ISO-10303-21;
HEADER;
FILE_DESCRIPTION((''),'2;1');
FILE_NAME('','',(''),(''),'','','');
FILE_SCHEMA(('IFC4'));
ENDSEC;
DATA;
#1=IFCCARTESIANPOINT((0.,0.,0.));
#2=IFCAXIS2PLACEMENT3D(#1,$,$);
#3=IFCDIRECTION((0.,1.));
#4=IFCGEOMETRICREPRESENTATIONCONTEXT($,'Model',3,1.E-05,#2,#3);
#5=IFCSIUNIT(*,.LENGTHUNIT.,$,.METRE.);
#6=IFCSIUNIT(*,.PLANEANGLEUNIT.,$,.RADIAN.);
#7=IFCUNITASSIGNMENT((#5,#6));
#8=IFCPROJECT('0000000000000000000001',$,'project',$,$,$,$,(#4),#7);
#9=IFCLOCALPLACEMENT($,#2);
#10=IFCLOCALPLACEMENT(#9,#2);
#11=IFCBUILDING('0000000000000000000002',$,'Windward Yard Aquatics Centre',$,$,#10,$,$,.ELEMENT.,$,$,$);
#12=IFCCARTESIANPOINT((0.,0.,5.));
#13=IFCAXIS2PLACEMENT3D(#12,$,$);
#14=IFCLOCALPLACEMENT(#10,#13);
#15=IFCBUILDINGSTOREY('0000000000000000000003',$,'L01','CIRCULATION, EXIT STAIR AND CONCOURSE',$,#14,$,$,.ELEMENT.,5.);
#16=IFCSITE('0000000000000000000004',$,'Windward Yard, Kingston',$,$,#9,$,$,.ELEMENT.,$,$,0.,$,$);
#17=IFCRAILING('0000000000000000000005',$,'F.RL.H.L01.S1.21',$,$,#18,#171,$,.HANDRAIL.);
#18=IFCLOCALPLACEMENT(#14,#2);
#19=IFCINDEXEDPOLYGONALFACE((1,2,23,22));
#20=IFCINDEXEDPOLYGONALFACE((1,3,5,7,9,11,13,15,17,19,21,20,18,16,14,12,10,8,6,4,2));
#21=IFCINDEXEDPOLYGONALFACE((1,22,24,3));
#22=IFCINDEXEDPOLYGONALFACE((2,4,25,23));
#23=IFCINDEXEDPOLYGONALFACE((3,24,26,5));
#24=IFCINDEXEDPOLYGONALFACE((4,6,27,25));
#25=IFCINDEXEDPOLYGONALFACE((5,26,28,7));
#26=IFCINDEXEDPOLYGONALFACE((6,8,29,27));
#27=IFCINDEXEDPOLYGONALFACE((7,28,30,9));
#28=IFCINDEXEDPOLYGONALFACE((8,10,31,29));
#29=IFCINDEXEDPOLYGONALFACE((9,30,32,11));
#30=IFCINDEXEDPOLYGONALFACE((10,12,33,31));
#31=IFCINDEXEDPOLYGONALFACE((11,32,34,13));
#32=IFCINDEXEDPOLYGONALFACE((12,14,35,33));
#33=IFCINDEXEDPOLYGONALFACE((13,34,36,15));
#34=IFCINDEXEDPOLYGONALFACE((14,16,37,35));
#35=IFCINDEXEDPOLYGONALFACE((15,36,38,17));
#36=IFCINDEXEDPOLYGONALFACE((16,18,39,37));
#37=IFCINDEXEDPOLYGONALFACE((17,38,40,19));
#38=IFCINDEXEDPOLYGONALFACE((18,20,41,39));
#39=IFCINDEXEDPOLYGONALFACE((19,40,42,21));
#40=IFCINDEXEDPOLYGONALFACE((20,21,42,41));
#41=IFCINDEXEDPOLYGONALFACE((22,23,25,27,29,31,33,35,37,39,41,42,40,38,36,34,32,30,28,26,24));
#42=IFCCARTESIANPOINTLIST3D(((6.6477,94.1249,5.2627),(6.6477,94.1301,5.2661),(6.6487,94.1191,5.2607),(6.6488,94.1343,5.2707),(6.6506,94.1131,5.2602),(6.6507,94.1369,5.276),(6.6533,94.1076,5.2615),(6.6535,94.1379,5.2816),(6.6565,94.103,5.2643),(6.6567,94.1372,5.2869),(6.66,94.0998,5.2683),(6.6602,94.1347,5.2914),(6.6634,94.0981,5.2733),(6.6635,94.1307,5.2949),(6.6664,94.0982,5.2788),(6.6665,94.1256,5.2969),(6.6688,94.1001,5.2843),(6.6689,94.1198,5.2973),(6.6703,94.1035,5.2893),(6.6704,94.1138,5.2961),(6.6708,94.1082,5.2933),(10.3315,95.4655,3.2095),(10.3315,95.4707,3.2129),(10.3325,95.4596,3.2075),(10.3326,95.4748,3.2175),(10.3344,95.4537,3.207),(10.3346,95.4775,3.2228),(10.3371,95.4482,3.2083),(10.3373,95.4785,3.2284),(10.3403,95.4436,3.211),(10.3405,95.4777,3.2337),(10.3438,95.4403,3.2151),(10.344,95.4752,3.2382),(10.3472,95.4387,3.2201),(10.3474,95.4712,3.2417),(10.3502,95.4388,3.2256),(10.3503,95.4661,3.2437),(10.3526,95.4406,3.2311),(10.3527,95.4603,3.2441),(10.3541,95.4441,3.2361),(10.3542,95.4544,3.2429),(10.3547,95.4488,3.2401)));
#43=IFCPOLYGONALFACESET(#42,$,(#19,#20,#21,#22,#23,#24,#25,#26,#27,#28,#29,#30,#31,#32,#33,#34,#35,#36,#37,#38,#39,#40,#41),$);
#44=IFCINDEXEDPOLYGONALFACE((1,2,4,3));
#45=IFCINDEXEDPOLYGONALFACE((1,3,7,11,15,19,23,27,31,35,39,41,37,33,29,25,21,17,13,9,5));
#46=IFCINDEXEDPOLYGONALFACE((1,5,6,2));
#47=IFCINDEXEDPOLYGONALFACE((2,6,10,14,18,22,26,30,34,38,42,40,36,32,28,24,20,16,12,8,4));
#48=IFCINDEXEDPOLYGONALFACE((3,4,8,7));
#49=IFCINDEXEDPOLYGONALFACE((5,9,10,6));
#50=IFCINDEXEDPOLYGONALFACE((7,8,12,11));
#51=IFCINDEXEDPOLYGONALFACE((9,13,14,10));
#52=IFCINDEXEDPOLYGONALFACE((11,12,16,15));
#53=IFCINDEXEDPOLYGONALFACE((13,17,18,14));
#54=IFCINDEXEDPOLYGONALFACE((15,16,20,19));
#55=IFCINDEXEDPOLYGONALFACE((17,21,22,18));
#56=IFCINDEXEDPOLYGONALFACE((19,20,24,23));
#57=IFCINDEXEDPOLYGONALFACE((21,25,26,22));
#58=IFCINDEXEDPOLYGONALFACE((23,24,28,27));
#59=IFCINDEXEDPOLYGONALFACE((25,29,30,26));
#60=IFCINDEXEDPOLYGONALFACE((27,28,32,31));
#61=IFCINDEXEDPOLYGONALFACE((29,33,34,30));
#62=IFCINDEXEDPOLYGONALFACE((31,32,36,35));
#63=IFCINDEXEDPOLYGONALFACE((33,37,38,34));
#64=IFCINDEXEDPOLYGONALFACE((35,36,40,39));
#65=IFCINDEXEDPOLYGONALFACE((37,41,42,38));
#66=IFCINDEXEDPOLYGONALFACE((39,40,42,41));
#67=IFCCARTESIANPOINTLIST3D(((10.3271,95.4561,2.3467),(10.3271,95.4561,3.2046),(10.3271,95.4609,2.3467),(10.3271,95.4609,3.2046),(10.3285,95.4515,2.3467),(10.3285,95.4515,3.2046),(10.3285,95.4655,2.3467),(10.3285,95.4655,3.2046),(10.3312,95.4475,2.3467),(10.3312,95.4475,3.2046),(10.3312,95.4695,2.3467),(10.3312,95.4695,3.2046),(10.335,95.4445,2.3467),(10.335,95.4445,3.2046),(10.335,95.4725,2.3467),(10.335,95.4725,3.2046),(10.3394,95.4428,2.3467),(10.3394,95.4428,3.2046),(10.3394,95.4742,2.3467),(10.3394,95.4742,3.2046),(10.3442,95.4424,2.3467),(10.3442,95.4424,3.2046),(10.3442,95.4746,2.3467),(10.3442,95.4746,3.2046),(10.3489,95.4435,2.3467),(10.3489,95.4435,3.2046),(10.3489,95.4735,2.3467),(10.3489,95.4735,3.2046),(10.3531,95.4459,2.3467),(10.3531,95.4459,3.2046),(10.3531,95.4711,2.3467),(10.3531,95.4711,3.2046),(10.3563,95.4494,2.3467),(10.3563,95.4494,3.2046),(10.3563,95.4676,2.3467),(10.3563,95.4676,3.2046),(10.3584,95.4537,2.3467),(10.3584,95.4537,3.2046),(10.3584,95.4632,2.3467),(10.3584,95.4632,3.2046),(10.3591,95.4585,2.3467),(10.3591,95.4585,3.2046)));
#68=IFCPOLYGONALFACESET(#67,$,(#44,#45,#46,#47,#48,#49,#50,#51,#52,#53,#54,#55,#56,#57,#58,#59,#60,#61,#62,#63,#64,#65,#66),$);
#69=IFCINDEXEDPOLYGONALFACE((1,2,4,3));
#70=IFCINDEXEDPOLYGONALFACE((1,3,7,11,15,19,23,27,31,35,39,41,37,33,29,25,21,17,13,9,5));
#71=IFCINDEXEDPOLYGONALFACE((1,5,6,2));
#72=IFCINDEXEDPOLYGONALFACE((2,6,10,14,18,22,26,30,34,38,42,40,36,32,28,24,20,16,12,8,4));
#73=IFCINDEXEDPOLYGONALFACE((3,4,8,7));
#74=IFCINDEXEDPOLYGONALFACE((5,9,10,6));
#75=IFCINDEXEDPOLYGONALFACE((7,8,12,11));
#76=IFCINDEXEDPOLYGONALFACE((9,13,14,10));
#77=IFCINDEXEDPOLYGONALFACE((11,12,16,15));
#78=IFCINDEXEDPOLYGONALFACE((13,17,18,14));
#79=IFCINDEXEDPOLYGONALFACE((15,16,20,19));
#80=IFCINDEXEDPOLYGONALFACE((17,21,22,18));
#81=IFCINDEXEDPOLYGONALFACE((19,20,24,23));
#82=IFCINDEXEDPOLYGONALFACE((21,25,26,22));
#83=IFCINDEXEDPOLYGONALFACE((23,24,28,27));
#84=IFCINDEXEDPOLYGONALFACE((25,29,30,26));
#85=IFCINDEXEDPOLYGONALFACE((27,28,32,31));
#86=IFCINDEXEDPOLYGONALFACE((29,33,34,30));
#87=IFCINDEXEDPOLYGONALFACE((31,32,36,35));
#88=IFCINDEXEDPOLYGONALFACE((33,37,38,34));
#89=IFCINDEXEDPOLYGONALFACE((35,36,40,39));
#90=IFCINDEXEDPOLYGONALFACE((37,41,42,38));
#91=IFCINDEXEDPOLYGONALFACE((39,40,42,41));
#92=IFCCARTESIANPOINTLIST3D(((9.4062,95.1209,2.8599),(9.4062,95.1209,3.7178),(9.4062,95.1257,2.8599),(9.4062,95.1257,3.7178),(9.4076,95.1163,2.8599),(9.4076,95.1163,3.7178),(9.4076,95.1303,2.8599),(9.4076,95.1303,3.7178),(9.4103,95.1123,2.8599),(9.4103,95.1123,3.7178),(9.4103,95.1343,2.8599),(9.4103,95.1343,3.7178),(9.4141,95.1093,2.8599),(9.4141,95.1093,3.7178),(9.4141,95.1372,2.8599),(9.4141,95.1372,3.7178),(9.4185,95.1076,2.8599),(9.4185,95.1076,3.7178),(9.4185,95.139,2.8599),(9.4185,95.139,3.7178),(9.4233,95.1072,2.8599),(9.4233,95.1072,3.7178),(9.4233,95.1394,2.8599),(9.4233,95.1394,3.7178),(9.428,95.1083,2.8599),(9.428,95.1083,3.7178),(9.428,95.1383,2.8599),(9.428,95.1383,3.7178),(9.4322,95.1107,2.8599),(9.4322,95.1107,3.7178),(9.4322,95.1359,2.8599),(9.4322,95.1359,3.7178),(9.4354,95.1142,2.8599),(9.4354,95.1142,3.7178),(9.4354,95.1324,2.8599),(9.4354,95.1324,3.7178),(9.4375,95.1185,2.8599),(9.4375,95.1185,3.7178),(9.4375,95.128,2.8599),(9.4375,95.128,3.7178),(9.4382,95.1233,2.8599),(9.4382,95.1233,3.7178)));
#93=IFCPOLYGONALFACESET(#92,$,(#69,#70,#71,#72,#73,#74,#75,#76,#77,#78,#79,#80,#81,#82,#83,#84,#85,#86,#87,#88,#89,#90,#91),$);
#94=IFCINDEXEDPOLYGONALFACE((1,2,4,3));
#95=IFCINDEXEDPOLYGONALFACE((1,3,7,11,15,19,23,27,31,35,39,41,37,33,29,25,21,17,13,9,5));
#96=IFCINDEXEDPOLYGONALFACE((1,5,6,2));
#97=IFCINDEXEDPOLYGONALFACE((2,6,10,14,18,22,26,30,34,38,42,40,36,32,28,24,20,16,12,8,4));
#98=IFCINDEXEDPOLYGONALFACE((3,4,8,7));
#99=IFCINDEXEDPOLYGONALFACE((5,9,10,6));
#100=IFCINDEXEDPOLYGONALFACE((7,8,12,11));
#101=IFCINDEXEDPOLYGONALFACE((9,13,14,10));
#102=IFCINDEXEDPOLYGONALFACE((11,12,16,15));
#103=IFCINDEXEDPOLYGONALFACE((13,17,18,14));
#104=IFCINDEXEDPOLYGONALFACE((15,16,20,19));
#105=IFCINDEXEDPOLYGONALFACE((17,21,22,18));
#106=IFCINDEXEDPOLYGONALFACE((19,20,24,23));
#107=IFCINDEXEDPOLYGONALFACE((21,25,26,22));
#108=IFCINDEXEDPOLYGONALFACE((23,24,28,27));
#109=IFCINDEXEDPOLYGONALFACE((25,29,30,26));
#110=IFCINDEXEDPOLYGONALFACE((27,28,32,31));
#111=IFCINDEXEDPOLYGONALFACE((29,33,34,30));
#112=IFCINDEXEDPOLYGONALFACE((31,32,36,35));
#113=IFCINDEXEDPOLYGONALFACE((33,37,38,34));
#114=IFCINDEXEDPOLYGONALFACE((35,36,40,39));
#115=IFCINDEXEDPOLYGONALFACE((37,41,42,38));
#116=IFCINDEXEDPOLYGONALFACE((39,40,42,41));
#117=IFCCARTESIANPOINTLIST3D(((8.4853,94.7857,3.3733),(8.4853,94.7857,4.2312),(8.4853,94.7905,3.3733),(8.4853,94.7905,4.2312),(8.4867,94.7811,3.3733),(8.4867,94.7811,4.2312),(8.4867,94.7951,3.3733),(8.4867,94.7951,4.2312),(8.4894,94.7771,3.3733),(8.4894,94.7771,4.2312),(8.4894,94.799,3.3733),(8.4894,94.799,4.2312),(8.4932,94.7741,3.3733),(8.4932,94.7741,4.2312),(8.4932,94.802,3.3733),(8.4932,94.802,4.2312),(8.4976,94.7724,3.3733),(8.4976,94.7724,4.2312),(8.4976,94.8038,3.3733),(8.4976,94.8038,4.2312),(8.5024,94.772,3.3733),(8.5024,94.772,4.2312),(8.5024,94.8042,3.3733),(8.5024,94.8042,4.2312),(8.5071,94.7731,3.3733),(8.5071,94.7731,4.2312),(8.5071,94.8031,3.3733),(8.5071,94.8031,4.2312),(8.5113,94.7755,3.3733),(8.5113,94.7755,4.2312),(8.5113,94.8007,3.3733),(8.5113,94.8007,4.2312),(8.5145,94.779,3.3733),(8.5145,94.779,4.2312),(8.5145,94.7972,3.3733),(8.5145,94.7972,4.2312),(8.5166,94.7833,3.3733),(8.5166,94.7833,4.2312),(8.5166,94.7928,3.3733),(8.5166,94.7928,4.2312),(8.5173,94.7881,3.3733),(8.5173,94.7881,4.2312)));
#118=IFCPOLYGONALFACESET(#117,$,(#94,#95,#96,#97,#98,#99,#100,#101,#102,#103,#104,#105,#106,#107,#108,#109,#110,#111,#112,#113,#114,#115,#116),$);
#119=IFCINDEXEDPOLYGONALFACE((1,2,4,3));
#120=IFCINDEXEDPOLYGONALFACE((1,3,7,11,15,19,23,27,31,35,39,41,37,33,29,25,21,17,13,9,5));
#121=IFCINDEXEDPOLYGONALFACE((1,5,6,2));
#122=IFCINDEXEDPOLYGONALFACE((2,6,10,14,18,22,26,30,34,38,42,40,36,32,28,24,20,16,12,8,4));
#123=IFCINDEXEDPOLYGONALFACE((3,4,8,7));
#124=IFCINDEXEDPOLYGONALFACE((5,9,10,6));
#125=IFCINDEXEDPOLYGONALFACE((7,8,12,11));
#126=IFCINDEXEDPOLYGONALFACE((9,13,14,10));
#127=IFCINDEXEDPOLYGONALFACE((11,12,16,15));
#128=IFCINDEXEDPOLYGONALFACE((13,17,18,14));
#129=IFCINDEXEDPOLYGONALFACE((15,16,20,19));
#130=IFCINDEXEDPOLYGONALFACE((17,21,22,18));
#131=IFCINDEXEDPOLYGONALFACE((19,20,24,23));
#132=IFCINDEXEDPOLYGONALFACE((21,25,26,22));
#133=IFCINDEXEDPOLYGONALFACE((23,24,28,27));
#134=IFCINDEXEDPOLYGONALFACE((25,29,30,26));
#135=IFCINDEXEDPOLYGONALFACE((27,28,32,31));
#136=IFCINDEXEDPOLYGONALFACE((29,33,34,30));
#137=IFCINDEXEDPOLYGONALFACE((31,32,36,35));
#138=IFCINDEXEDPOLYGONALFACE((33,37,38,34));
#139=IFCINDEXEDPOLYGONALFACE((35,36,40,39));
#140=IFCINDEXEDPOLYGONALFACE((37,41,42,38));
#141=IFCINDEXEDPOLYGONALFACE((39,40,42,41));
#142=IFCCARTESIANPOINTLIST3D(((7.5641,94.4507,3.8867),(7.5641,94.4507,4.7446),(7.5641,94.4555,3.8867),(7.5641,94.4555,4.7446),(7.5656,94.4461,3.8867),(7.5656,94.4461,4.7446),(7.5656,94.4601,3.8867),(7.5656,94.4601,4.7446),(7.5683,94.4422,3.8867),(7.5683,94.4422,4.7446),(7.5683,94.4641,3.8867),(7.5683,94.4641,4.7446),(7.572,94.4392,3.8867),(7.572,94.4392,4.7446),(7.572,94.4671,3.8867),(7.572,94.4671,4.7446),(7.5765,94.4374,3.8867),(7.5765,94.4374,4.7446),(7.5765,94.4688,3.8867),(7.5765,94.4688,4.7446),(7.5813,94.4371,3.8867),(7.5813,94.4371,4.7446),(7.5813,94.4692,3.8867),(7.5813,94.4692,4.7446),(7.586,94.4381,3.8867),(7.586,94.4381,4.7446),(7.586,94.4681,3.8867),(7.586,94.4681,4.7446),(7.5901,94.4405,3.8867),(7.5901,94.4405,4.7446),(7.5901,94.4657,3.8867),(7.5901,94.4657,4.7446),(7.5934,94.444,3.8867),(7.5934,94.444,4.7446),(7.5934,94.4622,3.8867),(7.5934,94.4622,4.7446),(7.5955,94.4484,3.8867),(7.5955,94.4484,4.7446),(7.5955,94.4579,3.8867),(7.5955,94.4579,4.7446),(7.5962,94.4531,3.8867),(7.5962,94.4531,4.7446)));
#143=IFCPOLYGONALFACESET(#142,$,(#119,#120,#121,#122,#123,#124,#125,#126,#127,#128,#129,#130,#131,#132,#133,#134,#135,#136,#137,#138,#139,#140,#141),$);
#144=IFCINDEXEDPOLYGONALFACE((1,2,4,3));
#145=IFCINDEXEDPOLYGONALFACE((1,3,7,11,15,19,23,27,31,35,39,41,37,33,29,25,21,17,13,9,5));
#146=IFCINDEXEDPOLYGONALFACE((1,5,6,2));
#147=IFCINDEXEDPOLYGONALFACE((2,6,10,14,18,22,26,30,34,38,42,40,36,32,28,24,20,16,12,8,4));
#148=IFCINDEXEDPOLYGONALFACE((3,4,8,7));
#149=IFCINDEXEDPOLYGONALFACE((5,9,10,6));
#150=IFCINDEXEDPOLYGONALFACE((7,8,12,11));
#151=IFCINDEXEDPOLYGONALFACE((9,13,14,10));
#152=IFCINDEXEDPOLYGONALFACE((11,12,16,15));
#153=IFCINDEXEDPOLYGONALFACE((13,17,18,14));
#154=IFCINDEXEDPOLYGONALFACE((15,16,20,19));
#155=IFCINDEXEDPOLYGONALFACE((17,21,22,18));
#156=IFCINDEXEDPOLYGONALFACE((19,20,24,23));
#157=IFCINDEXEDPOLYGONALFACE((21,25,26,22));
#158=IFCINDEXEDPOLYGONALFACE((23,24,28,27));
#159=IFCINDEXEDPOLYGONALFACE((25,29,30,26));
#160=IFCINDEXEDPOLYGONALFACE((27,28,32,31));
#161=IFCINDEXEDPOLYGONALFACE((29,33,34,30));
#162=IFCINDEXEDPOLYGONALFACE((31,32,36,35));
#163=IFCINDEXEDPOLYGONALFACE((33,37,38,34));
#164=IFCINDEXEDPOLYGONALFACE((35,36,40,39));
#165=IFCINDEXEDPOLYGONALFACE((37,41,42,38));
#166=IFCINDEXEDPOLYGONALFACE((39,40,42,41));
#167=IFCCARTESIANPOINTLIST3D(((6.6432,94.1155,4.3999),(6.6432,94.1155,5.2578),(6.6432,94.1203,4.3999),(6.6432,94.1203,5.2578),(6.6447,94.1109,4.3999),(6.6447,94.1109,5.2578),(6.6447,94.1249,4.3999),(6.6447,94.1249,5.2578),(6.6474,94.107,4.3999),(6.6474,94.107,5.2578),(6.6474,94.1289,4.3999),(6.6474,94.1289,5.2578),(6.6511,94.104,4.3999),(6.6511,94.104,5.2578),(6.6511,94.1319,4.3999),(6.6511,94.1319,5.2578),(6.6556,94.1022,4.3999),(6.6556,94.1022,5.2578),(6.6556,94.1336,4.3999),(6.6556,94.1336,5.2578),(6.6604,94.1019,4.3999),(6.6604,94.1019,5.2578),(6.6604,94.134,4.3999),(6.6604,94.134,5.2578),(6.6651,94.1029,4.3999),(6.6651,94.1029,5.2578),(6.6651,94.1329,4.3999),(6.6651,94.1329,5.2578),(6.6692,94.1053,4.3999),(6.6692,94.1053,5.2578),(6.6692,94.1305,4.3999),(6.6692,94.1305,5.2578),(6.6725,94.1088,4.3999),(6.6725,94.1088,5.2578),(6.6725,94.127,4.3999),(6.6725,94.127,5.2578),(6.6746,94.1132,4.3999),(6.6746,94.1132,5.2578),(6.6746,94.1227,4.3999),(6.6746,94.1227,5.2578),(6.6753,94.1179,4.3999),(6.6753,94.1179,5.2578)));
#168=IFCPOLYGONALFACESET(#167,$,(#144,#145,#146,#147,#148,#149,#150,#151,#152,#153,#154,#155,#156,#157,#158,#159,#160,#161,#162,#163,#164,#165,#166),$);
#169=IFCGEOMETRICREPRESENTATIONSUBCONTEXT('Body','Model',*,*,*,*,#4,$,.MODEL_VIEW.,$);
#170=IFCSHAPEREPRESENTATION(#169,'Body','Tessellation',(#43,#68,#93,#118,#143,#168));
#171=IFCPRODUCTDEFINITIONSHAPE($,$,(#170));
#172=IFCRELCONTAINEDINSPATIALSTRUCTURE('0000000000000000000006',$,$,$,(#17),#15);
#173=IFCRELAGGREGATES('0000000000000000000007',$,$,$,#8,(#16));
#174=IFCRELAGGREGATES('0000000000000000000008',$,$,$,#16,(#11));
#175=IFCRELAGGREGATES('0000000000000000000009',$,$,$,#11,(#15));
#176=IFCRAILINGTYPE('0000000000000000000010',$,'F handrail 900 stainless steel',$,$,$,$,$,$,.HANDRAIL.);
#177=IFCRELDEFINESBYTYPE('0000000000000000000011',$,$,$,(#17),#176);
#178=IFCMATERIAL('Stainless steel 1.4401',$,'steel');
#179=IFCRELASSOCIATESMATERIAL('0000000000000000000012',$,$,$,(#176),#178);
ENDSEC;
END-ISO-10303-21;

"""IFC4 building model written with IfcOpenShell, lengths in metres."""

from ifc_helpers import new_model, si_unit, direction, frame, origin, origin_2d, place, context, subcontext, project, spatial, circle, extrude, material, type_object, element, save


model = new_model("IFC4")

# Units and contexts
model_context = context("Model", 3, precision=1e-05, world=origin(), true_north=direction((0.0, 1.0)))
body_context = subcontext(model_context, "Body", "Model", "MODEL_VIEW")
ifc_project = project(units=[si_unit("LENGTHUNIT", "METRE"), si_unit("PLANEANGLEUNIT", "RADIAN")], contexts=[model_context])

# Site, building, storey
site_placement = place(None, origin())
site = spatial("IfcSite", under=ifc_project, at=site_placement, Name="Windward Yard, Kingston", CompositionType="ELEMENT", RefElevation=0.0)
building_placement = place(site_placement, origin())
building = spatial("IfcBuilding", under=site, at=building_placement, Name="Windward Yard Aquatics Centre", CompositionType="ELEMENT")
storey_placement = place(building_placement, frame((0.0, 0.0, 5.0)))
storey = spatial("IfcBuildingStorey", under=building, at=storey_placement, Name="L01", Description="CIRCULATION, EXIT STAIR AND CONCOURSE", CompositionType="ELEMENT", Elevation=5.0)

# Railing
ifc_material_1 = material(Name="Stainless steel 1.4401", Category="steel")
railing_type = type_object("IfcRailingType", Name="F handrail 900 stainless steel", PredefinedType="HANDRAIL", material=ifc_material_1)
railing_1_placement = place(storey_placement, frame((10.343, 95.4585, 2.3467)))
element("IfcRailing", 1, at=railing_1_placement, inside=storey, type_object=railing_type, Name="F.RL.H.L01.S1.21", PredefinedType="HANDRAIL", context=body_context, shape_type="SweptSolid", body=[
    extrude(circle(Radius=0.021, at=origin_2d()), frame((0.0, 0.0, 0.8789), z_axis=(-0.832444, -0.302933, 0.463971), x_axis=(0.341968, -0.939712, 0.0)), (0.0, 0.0, 1.0), 4.4253),
    extrude(circle(Radius=0.0161, at=origin_2d()), origin(), (0.0, 0.0, 1.0), 0.8579),
    extrude(circle(Radius=0.0161, at=origin_2d()), frame((-0.9209, -0.3352, 0.5132)), (0.0, 0.0, 1.0), 0.8579),
    extrude(circle(Radius=0.0161, at=origin_2d()), frame((-1.8418, -0.6704, 1.0266)), (0.0, 0.0, 1.0), 0.8579),
    extrude(circle(Radius=0.0161, at=origin_2d()), frame((-2.7629, -1.0054, 1.54)), (0.0, 0.0, 1.0), 0.8579),
    extrude(circle(Radius=0.0161, at=origin_2d()), frame((-3.6838, -1.3406, 2.0532)), (0.0, 0.0, 1.0), 0.8579),
])

save(model, "model.ifc")
